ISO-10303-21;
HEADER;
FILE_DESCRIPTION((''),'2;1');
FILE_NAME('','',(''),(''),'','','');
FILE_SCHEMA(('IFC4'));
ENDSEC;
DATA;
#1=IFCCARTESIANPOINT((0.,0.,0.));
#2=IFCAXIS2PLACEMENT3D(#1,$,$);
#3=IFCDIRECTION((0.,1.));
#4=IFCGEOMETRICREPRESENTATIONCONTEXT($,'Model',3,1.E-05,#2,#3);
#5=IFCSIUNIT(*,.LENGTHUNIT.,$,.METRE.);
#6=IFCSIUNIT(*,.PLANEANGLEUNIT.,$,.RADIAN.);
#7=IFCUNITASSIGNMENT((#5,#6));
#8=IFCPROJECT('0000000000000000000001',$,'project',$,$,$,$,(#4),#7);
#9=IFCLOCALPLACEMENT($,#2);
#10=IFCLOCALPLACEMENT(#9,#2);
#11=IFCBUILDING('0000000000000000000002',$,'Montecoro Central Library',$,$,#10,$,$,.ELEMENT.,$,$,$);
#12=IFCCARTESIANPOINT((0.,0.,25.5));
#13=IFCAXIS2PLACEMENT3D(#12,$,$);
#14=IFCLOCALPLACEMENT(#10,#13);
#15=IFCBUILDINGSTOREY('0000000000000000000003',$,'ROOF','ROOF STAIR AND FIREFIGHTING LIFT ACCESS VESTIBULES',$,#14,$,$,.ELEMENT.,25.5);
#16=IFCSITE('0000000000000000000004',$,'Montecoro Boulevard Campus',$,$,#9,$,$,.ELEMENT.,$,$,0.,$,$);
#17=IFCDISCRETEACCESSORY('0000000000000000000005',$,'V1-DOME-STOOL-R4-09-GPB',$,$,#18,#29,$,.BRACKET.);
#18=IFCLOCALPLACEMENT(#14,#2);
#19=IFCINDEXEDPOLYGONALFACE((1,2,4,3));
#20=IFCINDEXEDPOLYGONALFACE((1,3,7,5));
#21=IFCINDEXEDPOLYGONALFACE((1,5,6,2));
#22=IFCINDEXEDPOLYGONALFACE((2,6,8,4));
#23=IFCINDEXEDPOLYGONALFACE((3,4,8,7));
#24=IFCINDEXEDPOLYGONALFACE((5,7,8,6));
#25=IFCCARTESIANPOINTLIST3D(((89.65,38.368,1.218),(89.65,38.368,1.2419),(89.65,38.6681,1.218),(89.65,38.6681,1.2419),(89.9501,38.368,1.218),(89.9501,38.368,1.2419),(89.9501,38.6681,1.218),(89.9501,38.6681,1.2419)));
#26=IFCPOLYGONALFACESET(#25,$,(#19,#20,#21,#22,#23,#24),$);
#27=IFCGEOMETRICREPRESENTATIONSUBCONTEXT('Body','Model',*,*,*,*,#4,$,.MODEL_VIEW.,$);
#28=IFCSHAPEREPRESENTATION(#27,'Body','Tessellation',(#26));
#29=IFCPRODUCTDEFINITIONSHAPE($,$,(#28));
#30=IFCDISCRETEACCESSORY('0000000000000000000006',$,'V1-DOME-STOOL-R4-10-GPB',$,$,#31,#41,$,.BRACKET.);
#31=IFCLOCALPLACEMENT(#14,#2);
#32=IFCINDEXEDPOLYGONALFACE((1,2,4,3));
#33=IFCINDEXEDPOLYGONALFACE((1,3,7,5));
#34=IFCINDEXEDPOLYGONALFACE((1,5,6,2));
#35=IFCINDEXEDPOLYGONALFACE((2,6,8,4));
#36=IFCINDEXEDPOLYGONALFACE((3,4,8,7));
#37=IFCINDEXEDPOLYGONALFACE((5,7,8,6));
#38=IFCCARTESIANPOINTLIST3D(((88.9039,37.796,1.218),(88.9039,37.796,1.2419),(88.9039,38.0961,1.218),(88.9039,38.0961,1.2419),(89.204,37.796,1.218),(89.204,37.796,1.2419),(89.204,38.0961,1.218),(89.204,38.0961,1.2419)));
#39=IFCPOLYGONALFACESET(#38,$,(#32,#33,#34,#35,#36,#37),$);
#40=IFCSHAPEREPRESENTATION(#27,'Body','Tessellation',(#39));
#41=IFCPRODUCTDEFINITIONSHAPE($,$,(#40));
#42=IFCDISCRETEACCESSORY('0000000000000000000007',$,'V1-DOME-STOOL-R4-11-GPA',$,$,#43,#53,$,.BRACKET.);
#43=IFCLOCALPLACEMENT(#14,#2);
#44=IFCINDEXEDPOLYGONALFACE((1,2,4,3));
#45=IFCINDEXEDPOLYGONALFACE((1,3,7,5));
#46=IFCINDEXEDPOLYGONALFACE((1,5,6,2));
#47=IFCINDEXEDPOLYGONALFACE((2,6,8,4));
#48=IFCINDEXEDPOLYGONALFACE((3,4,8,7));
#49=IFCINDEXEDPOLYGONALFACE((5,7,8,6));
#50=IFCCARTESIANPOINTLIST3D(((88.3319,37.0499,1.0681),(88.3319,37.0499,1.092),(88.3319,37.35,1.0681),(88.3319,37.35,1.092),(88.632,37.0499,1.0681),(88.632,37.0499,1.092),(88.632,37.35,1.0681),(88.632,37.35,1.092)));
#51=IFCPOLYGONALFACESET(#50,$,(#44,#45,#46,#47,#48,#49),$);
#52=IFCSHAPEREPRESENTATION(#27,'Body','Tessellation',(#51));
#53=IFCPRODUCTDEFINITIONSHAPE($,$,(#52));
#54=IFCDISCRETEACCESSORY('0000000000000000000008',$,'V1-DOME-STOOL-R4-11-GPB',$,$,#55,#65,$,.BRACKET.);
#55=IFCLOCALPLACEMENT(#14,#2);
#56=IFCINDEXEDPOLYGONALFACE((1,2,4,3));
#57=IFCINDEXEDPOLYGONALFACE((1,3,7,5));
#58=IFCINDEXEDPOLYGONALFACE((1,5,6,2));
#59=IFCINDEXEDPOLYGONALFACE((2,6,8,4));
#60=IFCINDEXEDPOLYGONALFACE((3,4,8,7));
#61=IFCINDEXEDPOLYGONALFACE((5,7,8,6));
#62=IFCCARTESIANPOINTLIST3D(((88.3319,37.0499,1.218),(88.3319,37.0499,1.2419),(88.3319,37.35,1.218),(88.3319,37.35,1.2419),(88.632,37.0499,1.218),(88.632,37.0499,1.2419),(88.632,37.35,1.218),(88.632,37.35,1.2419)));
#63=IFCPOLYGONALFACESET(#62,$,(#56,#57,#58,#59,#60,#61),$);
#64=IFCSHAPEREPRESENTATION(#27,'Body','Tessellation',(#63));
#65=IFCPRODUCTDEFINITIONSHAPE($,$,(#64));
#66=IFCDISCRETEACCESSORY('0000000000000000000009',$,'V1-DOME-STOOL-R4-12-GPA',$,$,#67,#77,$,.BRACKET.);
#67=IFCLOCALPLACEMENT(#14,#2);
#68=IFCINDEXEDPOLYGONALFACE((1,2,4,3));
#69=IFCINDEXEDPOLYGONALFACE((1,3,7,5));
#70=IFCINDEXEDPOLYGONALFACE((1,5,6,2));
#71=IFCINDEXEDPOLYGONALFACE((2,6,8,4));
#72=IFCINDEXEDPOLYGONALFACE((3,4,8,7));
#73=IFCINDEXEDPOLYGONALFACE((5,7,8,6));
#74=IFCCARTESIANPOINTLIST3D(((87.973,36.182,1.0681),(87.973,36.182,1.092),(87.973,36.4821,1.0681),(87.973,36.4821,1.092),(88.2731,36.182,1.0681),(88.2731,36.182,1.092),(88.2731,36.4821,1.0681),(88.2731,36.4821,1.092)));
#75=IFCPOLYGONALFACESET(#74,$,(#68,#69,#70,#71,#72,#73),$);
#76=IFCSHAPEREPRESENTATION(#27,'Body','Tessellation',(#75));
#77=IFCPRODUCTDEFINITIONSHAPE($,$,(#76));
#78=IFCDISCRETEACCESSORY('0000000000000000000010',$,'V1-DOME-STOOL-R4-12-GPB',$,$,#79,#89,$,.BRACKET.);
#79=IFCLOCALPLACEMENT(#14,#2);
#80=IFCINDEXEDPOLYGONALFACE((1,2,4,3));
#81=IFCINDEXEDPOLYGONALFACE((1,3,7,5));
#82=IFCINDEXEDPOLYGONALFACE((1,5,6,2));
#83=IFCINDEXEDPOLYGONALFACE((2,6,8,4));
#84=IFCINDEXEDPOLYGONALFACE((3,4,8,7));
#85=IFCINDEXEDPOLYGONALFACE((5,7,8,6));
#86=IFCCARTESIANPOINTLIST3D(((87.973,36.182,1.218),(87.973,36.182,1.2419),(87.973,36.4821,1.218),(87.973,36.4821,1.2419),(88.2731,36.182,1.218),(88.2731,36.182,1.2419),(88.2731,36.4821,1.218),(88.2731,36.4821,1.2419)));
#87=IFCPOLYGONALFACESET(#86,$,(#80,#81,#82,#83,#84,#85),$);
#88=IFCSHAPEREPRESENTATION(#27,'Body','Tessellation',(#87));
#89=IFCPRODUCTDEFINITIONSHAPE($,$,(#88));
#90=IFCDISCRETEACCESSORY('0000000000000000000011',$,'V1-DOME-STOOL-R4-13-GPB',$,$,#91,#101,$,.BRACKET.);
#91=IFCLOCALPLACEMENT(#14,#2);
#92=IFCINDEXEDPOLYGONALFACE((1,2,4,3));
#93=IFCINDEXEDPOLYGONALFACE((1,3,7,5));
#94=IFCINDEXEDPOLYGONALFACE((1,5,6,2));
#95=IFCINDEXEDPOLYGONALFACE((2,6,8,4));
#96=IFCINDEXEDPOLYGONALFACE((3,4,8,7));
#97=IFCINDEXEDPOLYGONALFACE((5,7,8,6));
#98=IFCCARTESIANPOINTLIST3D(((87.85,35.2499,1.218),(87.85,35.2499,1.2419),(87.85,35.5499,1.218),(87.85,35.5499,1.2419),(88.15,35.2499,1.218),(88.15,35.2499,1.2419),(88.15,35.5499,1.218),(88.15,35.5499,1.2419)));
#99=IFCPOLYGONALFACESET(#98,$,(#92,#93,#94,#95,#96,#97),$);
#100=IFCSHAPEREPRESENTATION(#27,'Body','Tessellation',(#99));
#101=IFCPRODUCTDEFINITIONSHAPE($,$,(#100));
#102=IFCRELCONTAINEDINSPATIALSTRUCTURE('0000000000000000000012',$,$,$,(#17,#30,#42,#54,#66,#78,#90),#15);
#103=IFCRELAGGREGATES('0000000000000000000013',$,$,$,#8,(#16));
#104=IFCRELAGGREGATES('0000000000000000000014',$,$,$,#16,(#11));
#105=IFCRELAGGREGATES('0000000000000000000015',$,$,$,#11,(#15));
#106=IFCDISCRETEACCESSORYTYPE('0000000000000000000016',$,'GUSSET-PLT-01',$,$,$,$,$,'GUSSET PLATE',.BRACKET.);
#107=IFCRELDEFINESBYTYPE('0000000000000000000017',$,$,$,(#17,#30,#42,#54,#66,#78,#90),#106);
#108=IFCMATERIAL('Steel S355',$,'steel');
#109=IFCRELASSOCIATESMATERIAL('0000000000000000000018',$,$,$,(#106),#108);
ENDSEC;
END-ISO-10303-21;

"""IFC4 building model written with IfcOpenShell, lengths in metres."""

from ifc_helpers import new_model, si_unit, direction, frame, origin, origin_2d, place, context, subcontext, project, spatial, rectangle, extrude, material, type_object, element, save


model = new_model("IFC4")

# Units and contexts
model_context = context("Model", 3, precision=1e-05, world=origin(), true_north=direction((0.0, 1.0)))
body_context = subcontext(model_context, "Body", "Model", "MODEL_VIEW")
ifc_project = project(units=[si_unit("LENGTHUNIT", "METRE"), si_unit("PLANEANGLEUNIT", "RADIAN")], contexts=[model_context])

# Site, building, storey
site_placement = place(None, origin())
site = spatial("IfcSite", under=ifc_project, at=site_placement, Name="Montecoro Boulevard Campus", CompositionType="ELEMENT", RefElevation=0.0)
building_placement = place(site_placement, origin())
building = spatial("IfcBuilding", under=site, at=building_placement, Name="Montecoro Central Library", CompositionType="ELEMENT")
storey_placement = place(building_placement, frame((0.0, 0.0, 25.5)))
storey = spatial("IfcBuildingStorey", under=building, at=storey_placement, Name="ROOF", Description="ROOF STAIR AND FIREFIGHTING LIFT ACCESS VESTIBULES", CompositionType="ELEMENT", Elevation=25.5)

# Shared definitions
ifc_material_1 = material(Name="Steel S355", Category="steel")

# Discrete accessories
discrete_accessory_type = type_object("IfcDiscreteAccessoryType", Name="GUSSET-PLT-01", ElementType="GUSSET PLATE", PredefinedType="BRACKET", material=ifc_material_1)
for number, where, z_axis, x_axis, name in (
    (1, (89.8, 38.5181, 1.218), (0.0, 0.0, 1.0), (1.0, 0.0, 0.0), "V1-DOME-STOOL-R4-09-GPB"),
    (2, (89.054, 37.946, 1.218), (0.0, 0.0, 1.0), (1.0, 0.0, 0.0), "V1-DOME-STOOL-R4-10-GPB"),
    (3, (88.4819, 37.2, 1.0681), (0.0, 0.0, 1.0), (1.0, 0.0, 0.0), "V1-DOME-STOOL-R4-11-GPA"),
    (4, (88.4819, 37.2, 1.218), (0.0, 0.0, 1.0), (1.0, 0.0, 0.0), "V1-DOME-STOOL-R4-11-GPB"),
    (5, (88.123, 36.332, 1.0681), (0.0, 0.0, 1.0), (1.0, 0.0, 0.0), "V1-DOME-STOOL-R4-12-GPA"),
    (6, (88.123, 36.332, 1.218), (0.0, 0.0, 1.0), (1.0, 0.0, 0.0), "V1-DOME-STOOL-R4-12-GPB"),
    (7, (88.0, 35.3999, 1.218), (0.0, 0.0, 1.0), (1.0, 0.0, 0.0), "V1-DOME-STOOL-R4-13-GPB"),
):
    element("IfcDiscreteAccessory", number, at=place(storey_placement, frame(where, z_axis=z_axis, x_axis=x_axis)), inside=storey, type_object=discrete_accessory_type, Name=name, PredefinedType="BRACKET", context=body_context, shape_type="SweptSolid", body=[
        extrude(rectangle(XDim=0.3, YDim=0.3, at=origin_2d()), origin(), (0.0, 0.0, 1.0), 0.0239),
    ])

save(model, "model.ifc")
